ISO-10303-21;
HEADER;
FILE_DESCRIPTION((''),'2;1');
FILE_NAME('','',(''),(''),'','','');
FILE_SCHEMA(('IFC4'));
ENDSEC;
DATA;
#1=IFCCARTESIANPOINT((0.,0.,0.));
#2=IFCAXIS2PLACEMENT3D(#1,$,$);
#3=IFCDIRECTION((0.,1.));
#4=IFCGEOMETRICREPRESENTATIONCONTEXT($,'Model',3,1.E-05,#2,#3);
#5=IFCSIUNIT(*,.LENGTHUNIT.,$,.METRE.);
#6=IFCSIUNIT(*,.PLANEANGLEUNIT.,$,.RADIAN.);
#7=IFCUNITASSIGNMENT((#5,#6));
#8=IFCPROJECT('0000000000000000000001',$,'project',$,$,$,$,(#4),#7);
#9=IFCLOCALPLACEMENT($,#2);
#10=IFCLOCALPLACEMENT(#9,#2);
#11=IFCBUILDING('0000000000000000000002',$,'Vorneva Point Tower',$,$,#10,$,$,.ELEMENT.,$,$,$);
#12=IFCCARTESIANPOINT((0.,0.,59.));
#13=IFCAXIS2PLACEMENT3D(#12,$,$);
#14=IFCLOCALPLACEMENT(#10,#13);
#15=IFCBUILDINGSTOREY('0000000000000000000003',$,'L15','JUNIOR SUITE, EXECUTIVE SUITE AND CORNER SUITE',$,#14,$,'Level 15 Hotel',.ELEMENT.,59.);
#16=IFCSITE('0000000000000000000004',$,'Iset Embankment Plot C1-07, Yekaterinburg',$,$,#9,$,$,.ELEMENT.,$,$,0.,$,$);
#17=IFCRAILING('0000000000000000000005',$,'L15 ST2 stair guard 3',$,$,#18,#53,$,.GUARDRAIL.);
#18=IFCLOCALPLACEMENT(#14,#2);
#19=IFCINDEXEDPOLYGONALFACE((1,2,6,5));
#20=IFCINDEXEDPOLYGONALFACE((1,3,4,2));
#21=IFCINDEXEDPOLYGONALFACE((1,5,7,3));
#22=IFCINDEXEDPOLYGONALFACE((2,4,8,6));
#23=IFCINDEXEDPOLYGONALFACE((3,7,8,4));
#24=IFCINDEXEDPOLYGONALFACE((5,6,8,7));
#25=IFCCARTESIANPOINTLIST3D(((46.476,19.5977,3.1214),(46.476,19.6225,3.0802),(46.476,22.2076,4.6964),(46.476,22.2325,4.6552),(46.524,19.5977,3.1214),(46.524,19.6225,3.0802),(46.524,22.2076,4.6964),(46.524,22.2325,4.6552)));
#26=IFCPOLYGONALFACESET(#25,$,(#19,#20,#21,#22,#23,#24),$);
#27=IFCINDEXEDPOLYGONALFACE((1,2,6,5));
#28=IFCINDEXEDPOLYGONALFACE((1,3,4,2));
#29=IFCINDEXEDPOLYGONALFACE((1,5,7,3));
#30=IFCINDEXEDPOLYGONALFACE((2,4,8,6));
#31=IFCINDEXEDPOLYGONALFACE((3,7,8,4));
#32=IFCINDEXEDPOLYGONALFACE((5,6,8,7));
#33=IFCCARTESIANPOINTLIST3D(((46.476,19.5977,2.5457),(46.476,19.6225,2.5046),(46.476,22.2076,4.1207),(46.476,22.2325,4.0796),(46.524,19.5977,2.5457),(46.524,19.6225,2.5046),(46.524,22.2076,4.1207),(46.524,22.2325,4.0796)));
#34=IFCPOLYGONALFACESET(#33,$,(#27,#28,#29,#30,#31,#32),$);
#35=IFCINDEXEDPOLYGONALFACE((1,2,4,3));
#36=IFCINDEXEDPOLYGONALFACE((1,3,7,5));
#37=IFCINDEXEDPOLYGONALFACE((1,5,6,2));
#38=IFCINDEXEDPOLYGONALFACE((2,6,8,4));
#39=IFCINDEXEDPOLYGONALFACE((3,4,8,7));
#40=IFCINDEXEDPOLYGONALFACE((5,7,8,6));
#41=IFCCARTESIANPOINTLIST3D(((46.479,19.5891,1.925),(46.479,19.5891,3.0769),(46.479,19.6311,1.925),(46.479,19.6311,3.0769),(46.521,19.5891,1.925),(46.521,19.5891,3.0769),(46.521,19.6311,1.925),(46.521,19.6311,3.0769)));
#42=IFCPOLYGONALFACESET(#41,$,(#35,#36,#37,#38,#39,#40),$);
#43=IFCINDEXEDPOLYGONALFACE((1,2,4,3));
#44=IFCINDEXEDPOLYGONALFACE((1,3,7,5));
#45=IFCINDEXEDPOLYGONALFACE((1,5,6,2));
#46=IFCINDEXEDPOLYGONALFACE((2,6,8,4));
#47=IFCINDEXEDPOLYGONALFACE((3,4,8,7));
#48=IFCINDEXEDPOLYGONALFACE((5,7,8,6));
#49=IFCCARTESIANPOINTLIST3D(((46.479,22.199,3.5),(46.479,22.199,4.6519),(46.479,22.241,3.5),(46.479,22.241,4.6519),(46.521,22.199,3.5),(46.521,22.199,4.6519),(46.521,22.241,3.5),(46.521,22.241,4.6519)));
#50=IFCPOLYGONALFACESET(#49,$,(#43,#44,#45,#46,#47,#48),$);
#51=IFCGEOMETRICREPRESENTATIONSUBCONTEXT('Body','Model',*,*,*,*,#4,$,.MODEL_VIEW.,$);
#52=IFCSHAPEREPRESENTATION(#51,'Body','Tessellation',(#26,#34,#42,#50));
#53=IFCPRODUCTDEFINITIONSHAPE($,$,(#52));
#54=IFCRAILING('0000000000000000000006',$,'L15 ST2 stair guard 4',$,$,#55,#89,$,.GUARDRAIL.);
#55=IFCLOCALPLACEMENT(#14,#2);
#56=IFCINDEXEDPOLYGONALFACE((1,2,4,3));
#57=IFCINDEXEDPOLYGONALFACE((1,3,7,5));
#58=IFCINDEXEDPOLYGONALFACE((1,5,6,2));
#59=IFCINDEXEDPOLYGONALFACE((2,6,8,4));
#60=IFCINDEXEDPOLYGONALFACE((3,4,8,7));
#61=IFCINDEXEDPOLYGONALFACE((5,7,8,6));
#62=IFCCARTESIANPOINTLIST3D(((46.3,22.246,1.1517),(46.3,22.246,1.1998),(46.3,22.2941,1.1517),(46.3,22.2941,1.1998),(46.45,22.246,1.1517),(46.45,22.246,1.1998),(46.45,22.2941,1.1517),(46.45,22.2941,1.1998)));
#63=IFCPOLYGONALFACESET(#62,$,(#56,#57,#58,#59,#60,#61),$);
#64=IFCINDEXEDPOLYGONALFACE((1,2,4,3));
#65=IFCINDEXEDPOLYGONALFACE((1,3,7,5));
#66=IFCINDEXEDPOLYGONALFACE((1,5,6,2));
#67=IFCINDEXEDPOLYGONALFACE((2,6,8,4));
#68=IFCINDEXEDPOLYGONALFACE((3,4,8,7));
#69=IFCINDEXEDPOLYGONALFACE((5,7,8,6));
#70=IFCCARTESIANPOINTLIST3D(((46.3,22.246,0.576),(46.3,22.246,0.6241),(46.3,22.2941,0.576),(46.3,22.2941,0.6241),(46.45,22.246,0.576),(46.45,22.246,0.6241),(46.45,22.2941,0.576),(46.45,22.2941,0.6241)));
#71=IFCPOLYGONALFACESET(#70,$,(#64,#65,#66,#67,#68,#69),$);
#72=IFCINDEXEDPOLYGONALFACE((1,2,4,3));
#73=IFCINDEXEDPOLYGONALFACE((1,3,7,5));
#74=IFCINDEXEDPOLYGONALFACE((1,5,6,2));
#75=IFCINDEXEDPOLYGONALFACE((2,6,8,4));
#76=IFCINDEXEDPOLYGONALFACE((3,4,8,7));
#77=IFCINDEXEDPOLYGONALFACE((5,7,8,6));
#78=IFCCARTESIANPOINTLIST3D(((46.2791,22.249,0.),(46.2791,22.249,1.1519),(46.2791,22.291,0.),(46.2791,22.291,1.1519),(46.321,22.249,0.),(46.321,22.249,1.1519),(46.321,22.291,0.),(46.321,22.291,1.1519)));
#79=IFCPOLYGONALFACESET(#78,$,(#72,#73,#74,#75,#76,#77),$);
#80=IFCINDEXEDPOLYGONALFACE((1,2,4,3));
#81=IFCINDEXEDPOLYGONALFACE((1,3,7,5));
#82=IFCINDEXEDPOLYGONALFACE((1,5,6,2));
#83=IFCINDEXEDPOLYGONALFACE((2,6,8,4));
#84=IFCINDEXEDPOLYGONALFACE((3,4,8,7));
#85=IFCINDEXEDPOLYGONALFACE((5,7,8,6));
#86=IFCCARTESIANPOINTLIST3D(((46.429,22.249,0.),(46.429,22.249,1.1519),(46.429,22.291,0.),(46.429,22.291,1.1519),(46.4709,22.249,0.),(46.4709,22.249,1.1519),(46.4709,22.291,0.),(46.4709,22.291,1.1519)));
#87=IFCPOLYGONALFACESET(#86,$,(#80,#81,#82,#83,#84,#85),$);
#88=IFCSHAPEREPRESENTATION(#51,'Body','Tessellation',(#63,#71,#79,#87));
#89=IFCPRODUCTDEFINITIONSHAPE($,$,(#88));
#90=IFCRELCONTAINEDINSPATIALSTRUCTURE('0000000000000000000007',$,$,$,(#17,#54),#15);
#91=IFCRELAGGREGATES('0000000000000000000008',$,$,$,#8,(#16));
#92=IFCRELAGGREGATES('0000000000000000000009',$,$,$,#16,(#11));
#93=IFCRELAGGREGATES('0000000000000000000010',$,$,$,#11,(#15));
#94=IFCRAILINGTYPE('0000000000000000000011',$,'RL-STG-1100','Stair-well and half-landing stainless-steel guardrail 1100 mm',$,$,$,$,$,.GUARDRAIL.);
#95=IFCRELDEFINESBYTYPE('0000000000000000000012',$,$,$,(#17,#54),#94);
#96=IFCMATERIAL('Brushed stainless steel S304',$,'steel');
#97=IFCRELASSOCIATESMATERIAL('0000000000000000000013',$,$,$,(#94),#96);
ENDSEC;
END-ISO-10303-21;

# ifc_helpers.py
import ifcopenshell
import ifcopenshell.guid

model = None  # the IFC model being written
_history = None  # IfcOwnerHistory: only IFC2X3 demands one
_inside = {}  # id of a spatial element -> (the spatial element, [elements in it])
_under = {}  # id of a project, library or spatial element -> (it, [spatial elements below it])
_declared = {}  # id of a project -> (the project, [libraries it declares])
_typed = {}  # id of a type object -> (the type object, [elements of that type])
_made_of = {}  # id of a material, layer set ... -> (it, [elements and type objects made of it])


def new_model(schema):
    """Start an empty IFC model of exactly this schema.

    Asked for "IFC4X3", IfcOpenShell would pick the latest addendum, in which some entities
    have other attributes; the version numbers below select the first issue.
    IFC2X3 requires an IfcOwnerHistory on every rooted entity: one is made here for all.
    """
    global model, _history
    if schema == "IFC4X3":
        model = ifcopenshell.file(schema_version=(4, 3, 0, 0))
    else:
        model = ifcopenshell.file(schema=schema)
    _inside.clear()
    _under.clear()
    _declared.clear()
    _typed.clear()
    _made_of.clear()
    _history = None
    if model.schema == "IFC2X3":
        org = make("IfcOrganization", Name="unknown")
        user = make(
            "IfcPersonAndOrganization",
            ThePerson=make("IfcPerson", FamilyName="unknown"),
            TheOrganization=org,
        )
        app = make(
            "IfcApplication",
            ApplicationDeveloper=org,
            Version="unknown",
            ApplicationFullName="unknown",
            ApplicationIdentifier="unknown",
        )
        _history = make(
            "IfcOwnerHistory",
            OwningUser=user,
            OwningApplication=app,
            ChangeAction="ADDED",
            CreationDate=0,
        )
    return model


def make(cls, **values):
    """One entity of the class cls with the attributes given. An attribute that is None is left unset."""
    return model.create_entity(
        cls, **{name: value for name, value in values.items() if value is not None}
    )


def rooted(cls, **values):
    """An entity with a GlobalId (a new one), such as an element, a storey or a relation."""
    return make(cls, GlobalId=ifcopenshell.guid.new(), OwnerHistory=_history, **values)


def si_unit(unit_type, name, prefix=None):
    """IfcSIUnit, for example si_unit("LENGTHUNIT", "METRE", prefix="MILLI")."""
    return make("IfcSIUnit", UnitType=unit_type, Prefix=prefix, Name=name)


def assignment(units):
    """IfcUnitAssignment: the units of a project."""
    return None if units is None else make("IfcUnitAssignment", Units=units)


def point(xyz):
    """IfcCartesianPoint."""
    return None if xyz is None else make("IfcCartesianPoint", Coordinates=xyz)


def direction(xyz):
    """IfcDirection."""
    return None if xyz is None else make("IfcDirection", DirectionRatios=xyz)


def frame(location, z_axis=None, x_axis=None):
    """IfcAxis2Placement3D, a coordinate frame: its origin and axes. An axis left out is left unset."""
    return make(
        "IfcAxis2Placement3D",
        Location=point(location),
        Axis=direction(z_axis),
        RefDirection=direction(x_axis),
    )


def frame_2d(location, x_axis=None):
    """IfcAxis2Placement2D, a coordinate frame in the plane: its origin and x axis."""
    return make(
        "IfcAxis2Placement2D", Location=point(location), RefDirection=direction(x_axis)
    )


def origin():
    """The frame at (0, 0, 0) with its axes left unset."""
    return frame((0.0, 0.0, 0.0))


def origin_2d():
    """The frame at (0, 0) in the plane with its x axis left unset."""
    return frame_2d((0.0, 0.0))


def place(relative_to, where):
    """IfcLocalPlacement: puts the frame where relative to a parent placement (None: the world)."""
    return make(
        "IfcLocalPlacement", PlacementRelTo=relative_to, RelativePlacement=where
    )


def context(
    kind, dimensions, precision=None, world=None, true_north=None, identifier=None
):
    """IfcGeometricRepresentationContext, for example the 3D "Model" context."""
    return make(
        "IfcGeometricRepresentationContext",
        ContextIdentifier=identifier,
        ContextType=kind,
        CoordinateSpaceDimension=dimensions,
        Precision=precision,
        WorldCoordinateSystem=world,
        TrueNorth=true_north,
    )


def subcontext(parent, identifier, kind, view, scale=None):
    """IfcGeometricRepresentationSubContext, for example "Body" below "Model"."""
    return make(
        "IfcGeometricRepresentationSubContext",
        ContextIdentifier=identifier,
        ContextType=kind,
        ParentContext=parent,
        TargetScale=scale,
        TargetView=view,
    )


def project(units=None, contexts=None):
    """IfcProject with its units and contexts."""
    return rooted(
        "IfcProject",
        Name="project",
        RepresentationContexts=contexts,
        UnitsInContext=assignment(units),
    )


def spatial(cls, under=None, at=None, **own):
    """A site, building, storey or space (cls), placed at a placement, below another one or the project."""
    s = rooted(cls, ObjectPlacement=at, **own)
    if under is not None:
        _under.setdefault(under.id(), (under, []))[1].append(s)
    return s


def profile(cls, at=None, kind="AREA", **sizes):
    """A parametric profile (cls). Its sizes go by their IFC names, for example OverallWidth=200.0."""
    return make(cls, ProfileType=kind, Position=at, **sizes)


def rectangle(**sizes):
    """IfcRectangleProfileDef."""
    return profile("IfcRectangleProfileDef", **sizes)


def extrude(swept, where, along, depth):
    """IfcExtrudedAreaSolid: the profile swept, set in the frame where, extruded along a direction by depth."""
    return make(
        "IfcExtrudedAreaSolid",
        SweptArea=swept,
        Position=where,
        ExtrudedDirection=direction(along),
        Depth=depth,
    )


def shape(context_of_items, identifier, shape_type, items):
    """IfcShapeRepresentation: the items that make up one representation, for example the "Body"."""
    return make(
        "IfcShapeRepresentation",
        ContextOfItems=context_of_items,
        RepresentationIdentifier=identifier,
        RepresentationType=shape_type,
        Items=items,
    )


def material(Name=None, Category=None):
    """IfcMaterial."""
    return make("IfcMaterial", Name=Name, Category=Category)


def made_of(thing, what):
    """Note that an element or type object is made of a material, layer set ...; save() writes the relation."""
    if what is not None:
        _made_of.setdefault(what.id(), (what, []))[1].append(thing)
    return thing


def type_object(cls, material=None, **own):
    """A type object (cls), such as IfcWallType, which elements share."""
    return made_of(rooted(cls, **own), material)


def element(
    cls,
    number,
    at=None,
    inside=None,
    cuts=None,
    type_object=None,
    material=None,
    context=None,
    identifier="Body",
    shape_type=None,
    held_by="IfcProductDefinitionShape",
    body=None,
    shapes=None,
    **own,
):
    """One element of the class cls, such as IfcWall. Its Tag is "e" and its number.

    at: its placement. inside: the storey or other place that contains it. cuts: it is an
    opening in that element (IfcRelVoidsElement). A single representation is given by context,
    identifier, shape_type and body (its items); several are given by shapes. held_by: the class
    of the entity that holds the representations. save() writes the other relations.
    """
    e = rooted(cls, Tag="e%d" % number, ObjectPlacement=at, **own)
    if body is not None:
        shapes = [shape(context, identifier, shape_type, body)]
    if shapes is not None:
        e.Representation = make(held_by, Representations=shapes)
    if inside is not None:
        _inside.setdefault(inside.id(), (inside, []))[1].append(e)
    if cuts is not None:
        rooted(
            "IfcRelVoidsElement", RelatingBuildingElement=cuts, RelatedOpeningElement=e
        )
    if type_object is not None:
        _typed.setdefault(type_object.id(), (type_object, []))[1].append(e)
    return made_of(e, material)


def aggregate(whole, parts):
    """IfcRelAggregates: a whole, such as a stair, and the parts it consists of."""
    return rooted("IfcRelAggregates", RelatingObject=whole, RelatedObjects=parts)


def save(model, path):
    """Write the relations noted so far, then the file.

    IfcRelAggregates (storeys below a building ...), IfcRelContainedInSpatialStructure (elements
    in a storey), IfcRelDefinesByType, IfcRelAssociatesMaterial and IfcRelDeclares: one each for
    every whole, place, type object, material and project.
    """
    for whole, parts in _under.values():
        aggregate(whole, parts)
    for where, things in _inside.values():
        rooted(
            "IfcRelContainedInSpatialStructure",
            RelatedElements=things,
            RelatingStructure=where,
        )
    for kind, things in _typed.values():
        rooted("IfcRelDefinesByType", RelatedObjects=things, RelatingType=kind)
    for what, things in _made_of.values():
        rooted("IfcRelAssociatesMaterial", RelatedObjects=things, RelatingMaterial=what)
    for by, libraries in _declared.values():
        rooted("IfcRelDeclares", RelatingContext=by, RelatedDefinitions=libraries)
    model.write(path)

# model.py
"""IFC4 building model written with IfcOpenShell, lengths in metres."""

from ifc_helpers import new_model, si_unit, direction, frame, origin, origin_2d, place, context, subcontext, project, spatial, rectangle, extrude, material, type_object, element, save


model = new_model("IFC4")

# Units and contexts
model_context = context("Model", 3, precision=1e-05, world=origin(), true_north=direction((0.0, 1.0)))
body_context = subcontext(model_context, "Body", "Model", "MODEL_VIEW")
ifc_project = project(units=[si_unit("LENGTHUNIT", "METRE"), si_unit("PLANEANGLEUNIT", "RADIAN")], contexts=[model_context])

# Site, building, storey
site_placement = place(None, origin())
site = spatial("IfcSite", under=ifc_project, at=site_placement, Name="Iset Embankment Plot C1-07, Yekaterinburg", CompositionType="ELEMENT", RefElevation=0.0)
building_placement = place(site_placement, origin())
building = spatial("IfcBuilding", under=site, at=building_placement, Name="Vorneva Point Tower", CompositionType="ELEMENT")
storey_placement = place(building_placement, frame((0.0, 0.0, 59.0)))
storey = spatial("IfcBuildingStorey", under=building, at=storey_placement, Name="L15", Description="JUNIOR SUITE, EXECUTIVE SUITE AND CORNER SUITE", LongName="Level 15 Hotel", CompositionType="ELEMENT", Elevation=59.0)

# Railings
ifc_material_1 = material(Name="Brushed stainless steel S304", Category="steel")
railing_type_1 = type_object("IfcRailingType", Name="RL-STG-1100", Description="Stair-well and half-landing stainless-steel guardrail 1100 mm", PredefinedType="GUARDRAIL", material=ifc_material_1)
railing_1_placement = place(storey_placement, frame((46.5, 19.6101, 1.925)))
element("IfcRailing", 1, at=railing_1_placement, inside=storey, type_object=railing_type_1, Name="L15 ST2 stair guard 3", PredefinedType="GUARDRAIL", context=body_context, shape_type="SweptSolid", body=[
    extrude(rectangle(XDim=0.0481, YDim=0.0481, at=origin_2d()), frame((0.0, 0.0, 1.1758), z_axis=(0.0, 0.856183, 0.516673), x_axis=(-1.0, 0.0, 0.0)), (0.0, 0.0, 1.0), 3.0483),
    extrude(rectangle(XDim=0.0481, YDim=0.0481, at=origin_2d()), frame((0.0, 0.0, 0.6001), z_axis=(0.0, 0.856183, 0.516673), x_axis=(-1.0, 0.0, 0.0)), (0.0, 0.0, 1.0), 3.0483),
    extrude(rectangle(XDim=0.042, YDim=0.042, at=origin_2d()), origin(), (0.0, 0.0, 1.0), 1.1519),
    extrude(rectangle(XDim=0.042, YDim=0.042, at=origin_2d()), frame((0.0, 2.6099, 1.575)), (0.0, 0.0, 1.0), 1.1519),
])
railing_2_placement = place(storey_placement, frame((46.3, 22.27, 0.0)))
element("IfcRailing", 2, at=railing_2_placement, inside=storey, type_object=railing_type_1, Name="L15 ST2 stair guard 4", PredefinedType="GUARDRAIL", context=body_context, shape_type="SweptSolid", body=[
    extrude(rectangle(XDim=0.0481, YDim=0.0481, at=origin_2d()), frame((0.0, 0.0, 1.1758), z_axis=(1.0, 0.0, 0.0), x_axis=(0.0, 1.0, 0.0)), (0.0, 0.0, 1.0), 0.1499),
    extrude(rectangle(XDim=0.0481, YDim=0.0481, at=origin_2d()), frame((0.0, 0.0, 0.6001), z_axis=(1.0, 0.0, 0.0), x_axis=(0.0, 1.0, 0.0)), (0.0, 0.0, 1.0), 0.1499),
    extrude(rectangle(XDim=0.042, YDim=0.042, at=origin_2d()), origin(), (0.0, 0.0, 1.0), 1.1519),
    extrude(rectangle(XDim=0.042, YDim=0.042, at=origin_2d()), frame((0.1499, 0.0, 0.0)), (0.0, 0.0, 1.0), 1.1519),
])

save(model, "model.ifc")
